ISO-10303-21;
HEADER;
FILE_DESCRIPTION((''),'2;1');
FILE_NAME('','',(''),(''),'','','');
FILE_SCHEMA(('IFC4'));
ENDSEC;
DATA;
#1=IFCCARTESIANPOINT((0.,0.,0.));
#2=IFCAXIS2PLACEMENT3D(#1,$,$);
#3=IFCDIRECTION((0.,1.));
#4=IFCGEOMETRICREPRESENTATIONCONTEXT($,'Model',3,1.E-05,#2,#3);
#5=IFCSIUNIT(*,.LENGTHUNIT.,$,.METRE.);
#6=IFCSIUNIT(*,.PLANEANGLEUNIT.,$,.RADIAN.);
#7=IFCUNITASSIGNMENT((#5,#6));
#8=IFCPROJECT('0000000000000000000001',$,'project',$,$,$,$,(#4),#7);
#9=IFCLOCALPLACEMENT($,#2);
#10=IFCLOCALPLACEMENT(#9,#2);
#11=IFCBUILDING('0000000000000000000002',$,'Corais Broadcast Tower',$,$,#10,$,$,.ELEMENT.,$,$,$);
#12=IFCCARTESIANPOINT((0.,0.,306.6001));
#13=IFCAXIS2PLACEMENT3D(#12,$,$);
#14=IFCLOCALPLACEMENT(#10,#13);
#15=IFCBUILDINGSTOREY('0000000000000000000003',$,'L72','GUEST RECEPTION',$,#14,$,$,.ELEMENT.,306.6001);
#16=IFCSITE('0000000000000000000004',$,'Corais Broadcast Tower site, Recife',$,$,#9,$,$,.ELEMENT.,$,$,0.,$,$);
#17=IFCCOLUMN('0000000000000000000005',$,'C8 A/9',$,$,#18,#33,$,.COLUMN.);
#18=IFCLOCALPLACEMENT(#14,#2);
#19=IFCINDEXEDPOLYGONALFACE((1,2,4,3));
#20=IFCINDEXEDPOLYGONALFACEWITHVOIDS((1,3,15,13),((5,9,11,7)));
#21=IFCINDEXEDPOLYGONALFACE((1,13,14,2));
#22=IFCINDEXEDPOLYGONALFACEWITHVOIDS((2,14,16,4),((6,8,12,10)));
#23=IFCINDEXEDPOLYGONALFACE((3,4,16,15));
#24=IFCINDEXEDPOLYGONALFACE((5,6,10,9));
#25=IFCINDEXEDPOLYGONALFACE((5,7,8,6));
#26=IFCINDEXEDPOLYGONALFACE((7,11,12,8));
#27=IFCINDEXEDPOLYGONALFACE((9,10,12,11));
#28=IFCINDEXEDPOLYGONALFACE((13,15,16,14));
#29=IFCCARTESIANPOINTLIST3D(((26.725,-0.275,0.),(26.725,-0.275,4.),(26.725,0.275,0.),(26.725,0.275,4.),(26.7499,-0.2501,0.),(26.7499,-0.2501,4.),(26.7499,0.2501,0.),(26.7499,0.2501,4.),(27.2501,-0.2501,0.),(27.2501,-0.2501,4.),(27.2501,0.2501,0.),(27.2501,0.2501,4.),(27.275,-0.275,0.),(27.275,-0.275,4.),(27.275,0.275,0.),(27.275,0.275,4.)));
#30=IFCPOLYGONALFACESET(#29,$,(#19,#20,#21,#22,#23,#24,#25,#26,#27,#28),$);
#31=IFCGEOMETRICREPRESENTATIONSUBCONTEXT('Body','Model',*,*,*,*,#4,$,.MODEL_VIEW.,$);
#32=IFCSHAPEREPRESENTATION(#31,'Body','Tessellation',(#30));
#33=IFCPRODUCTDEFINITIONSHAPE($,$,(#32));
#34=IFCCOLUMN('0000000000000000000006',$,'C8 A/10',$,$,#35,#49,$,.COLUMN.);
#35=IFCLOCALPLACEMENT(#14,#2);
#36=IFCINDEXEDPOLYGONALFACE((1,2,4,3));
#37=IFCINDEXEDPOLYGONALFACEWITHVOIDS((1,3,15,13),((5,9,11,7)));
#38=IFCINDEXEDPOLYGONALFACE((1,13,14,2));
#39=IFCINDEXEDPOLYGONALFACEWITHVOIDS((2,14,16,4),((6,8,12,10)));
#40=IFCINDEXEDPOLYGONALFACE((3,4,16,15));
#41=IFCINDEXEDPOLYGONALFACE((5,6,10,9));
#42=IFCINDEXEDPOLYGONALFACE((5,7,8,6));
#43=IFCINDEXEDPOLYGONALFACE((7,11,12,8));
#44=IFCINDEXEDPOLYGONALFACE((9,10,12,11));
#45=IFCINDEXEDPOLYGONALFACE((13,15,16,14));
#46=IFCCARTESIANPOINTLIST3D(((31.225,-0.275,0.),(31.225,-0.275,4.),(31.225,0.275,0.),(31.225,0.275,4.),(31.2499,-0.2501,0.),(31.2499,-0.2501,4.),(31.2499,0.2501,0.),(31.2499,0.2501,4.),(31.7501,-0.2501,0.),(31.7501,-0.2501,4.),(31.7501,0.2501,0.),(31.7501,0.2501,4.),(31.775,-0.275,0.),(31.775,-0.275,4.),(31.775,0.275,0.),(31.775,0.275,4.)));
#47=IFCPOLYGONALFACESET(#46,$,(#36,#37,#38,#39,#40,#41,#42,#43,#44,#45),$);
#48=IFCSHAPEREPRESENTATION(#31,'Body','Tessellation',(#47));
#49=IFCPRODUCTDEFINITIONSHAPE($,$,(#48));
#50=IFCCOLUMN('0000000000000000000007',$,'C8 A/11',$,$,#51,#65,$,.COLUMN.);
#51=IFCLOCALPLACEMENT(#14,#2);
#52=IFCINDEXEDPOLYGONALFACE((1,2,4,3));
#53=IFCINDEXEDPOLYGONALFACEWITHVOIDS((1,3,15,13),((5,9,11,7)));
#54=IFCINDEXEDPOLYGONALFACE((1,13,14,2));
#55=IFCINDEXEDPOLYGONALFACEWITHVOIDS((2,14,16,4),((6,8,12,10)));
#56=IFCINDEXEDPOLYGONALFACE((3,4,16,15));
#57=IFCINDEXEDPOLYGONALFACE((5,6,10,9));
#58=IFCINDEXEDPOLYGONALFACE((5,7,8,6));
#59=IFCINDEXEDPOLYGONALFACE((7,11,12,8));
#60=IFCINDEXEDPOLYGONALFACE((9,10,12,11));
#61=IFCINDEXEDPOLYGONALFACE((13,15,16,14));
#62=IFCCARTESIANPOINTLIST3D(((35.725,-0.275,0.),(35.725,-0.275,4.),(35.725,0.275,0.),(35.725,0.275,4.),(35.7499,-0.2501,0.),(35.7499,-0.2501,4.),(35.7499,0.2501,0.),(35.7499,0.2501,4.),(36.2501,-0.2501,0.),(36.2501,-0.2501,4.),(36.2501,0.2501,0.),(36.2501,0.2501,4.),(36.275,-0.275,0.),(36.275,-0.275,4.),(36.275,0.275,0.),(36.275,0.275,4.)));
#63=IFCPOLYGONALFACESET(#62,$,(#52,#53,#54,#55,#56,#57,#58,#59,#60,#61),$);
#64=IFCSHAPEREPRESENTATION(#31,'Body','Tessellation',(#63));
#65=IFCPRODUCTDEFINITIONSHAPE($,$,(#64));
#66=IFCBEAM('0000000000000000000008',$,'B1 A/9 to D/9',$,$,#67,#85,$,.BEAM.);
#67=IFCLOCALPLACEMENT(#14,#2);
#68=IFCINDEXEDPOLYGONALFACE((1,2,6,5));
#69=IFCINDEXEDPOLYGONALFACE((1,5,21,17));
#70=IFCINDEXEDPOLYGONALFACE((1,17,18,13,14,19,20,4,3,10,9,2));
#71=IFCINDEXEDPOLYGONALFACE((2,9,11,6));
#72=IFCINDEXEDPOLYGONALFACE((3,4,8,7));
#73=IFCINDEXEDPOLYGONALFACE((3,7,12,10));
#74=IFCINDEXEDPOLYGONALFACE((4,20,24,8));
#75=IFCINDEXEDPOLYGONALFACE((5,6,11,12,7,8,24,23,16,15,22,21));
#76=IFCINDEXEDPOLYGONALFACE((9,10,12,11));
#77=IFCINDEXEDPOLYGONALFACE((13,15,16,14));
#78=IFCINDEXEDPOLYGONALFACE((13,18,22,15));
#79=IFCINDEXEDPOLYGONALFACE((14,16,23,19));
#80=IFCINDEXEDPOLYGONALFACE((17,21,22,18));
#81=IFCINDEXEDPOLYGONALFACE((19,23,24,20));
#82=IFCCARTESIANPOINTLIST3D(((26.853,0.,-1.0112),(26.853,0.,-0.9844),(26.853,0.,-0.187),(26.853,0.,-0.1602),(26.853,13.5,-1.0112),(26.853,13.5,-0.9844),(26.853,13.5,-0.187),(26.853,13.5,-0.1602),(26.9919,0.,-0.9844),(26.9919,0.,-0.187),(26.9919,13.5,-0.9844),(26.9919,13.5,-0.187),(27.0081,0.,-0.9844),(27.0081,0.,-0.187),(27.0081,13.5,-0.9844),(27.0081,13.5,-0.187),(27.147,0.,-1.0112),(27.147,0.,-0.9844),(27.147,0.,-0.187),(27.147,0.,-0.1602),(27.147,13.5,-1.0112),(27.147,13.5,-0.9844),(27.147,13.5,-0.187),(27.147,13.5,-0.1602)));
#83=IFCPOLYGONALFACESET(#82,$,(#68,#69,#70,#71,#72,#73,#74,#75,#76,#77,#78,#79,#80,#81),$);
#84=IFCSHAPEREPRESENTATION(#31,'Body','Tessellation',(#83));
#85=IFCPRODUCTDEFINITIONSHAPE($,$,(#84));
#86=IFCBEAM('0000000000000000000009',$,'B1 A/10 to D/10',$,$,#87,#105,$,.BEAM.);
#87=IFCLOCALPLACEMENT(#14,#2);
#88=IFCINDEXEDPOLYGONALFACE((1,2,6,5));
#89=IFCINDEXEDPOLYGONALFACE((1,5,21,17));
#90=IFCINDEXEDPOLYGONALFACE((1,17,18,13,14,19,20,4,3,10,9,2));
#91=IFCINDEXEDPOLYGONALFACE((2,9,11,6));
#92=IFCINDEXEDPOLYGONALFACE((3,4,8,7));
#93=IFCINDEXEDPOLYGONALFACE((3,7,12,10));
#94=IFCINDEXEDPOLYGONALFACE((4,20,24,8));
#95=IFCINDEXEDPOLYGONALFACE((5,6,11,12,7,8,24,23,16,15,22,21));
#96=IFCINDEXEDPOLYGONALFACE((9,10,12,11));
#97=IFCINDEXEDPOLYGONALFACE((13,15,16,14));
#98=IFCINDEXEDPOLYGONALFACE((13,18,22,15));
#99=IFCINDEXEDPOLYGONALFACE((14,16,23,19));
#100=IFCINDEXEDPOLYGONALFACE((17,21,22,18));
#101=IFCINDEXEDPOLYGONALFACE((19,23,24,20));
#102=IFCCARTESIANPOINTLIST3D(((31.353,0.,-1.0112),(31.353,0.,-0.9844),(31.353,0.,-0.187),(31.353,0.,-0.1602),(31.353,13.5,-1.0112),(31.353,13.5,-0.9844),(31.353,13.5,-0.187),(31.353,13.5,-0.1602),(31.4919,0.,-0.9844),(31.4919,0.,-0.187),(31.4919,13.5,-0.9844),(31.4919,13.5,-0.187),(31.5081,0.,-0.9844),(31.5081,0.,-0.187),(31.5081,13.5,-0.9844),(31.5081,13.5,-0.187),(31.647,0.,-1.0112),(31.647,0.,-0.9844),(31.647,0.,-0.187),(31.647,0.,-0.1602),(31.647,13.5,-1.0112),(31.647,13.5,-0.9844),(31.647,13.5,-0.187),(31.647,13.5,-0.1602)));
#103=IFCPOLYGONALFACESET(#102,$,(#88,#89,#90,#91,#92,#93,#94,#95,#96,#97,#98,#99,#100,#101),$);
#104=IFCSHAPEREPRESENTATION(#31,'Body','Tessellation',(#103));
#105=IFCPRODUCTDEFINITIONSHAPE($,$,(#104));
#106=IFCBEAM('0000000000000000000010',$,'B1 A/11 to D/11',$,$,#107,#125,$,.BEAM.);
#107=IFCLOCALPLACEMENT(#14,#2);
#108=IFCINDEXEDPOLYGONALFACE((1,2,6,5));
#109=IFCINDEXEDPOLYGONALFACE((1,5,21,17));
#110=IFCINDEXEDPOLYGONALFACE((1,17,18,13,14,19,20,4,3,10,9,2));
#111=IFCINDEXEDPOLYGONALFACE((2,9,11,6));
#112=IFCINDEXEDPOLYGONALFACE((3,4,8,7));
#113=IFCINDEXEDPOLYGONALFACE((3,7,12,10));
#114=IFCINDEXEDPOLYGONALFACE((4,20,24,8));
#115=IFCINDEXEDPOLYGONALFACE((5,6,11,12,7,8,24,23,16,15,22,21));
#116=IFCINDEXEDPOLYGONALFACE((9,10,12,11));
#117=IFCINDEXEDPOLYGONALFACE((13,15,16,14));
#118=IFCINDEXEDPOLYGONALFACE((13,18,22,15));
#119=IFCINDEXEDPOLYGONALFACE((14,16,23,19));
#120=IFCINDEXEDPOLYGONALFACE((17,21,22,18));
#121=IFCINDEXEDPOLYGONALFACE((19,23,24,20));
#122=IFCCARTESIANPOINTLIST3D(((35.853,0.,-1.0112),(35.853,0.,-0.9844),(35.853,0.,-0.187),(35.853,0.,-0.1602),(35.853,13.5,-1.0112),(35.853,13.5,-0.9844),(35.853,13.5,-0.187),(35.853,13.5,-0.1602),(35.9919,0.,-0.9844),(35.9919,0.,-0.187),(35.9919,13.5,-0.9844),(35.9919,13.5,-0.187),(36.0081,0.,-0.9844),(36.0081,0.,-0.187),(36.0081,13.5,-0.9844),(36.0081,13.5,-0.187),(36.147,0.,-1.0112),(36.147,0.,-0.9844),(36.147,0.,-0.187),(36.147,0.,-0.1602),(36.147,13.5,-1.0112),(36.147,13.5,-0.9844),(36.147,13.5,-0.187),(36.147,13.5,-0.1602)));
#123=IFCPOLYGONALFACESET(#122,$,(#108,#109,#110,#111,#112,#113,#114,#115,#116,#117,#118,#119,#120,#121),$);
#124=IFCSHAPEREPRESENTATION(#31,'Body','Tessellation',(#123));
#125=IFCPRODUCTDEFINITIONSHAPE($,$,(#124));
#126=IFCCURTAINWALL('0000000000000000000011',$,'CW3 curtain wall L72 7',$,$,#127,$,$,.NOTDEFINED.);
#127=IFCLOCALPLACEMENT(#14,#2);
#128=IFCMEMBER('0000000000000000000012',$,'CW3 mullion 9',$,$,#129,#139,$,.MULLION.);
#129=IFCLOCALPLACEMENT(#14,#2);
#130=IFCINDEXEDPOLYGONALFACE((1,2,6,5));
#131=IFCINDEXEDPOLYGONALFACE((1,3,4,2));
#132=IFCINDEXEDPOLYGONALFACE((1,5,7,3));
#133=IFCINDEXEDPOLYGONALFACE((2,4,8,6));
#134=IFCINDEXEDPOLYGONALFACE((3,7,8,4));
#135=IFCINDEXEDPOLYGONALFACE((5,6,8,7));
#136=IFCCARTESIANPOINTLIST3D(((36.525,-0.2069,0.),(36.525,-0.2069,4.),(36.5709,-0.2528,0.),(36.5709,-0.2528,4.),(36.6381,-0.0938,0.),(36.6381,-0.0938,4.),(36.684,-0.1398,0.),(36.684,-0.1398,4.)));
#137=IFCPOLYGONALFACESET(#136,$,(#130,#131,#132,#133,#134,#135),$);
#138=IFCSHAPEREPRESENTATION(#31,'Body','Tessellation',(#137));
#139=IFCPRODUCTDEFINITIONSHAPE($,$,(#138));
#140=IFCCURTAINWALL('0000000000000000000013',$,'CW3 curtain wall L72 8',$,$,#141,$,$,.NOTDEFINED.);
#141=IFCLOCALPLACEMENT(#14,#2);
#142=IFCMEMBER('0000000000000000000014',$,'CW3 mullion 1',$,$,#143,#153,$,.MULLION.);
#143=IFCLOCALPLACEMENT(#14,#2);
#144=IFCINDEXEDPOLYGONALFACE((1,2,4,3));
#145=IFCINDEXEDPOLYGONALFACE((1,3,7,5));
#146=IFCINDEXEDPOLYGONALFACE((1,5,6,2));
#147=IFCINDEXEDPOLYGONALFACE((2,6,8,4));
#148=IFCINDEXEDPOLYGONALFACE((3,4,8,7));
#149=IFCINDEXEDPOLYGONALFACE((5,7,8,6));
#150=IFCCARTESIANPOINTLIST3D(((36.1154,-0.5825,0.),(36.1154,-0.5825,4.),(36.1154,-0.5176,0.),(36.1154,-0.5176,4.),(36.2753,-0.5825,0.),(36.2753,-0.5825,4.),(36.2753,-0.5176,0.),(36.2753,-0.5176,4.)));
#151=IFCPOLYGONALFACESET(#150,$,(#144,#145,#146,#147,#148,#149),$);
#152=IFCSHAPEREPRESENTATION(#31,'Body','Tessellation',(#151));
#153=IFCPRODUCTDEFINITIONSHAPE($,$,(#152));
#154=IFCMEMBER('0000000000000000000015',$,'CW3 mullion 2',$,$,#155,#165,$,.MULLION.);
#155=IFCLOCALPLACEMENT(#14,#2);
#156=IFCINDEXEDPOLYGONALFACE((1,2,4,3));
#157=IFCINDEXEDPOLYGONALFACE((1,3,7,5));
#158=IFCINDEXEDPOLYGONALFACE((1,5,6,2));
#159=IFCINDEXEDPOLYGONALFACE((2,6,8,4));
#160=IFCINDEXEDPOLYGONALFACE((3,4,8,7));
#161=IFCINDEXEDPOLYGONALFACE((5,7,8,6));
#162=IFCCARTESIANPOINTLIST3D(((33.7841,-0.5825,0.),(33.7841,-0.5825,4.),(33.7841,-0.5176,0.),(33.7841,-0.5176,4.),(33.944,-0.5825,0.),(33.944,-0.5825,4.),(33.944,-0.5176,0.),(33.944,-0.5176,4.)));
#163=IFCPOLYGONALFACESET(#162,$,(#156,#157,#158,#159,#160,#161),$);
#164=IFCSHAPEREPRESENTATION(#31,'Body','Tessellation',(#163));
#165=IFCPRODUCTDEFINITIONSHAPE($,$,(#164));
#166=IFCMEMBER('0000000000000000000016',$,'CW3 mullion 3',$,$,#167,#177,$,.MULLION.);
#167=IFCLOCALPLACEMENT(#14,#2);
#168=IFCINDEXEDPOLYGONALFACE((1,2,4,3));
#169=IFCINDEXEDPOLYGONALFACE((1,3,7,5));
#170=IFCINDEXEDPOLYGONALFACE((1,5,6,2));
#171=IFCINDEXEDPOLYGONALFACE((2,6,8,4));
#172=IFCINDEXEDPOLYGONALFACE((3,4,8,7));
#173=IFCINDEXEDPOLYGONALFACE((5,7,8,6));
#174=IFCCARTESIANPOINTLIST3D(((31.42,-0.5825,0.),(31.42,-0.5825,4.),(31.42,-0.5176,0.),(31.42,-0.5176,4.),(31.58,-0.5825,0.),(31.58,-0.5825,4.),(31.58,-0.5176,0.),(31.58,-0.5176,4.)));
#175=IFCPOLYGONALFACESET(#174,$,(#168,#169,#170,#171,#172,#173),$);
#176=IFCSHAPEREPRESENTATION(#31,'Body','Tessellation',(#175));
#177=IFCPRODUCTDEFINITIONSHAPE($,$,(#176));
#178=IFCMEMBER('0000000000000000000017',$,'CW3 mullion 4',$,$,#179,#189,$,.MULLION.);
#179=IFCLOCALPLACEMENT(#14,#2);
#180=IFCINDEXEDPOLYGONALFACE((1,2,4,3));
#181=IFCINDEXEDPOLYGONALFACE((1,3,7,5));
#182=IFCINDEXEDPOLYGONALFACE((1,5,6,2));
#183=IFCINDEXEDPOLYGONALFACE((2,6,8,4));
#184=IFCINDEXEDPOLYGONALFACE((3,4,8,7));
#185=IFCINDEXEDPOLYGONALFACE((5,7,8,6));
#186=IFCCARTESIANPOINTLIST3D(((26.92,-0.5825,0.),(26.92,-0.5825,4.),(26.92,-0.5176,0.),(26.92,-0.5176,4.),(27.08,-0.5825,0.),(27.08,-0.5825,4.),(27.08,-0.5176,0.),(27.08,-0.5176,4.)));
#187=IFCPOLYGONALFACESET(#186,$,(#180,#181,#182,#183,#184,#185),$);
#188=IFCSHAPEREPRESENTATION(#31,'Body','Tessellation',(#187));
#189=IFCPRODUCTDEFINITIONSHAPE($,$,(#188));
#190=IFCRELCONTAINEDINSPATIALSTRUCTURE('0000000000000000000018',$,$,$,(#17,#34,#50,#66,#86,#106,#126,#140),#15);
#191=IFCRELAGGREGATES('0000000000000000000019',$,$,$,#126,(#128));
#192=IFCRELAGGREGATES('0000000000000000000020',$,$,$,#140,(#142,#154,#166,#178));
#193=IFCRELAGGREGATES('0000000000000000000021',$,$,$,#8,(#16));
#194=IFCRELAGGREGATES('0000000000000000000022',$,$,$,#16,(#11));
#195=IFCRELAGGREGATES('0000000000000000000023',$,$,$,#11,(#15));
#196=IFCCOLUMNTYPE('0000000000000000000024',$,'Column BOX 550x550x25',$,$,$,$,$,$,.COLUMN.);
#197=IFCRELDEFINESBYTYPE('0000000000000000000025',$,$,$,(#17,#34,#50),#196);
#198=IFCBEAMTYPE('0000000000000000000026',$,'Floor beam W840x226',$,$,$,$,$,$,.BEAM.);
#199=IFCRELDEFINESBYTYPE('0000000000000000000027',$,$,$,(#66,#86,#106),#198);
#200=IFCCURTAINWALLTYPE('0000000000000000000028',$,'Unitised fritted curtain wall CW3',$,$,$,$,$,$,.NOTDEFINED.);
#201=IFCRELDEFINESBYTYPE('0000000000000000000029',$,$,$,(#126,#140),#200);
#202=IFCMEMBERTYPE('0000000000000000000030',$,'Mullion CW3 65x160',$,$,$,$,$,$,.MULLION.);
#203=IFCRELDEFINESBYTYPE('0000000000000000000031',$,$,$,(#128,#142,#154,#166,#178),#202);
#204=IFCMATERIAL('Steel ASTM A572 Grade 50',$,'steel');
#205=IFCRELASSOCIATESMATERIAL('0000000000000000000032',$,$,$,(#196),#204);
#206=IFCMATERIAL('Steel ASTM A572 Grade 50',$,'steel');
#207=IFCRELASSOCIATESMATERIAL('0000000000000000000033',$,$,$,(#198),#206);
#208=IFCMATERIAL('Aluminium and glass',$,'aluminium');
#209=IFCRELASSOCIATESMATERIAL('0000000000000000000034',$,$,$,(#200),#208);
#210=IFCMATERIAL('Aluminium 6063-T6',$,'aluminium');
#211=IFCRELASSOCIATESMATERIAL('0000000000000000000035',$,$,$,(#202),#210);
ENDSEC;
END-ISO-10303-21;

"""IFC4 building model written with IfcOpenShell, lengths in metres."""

from ifc_helpers import new_model, si_unit, direction, frame, origin, origin_2d, place, context, subcontext, project, spatial, rectangle, hollow_rectangle, i_section, extrude, material, material_profile, profile_set, type_object, element, aggregate, save


model = new_model("IFC4")

# Units and contexts
model_context = context("Model", 3, precision=1e-05, world=origin(), true_north=direction((0.0, 1.0)))
body_context = subcontext(model_context, "Body", "Model", "MODEL_VIEW")
ifc_project = project(units=[si_unit("LENGTHUNIT", "METRE"), si_unit("PLANEANGLEUNIT", "RADIAN")], contexts=[model_context])

# Site, building, storey
site_placement = place(None, origin())
site = spatial("IfcSite", under=ifc_project, at=site_placement, Name="Corais Broadcast Tower site, Recife", CompositionType="ELEMENT", RefElevation=0.0)
building_placement = place(site_placement, origin())
building = spatial("IfcBuilding", under=site, at=building_placement, Name="Corais Broadcast Tower", CompositionType="ELEMENT")
storey_placement = place(building_placement, frame((0.0, 0.0, 306.6001)))
storey = spatial("IfcBuildingStorey", under=building, at=storey_placement, Name="L72", Description="GUEST RECEPTION", CompositionType="ELEMENT", Elevation=306.6001)

# Columns
ifc_material_1 = material(Name="Steel ASTM A572 Grade 50", Category="steel")
ifc_material_profile_1 = material_profile(ifc_material_1, hollow_rectangle(XDim=0.55, YDim=0.55, WallThickness=0.0249, at=origin_2d()), Name="BOX 550x550x25")
ifc_profile_set_1 = profile_set([ifc_material_profile_1], Name="Steel ASTM A572 Grade 50")
column_type = type_object("IfcColumnType", Name="Column BOX 550x550x25", PredefinedType="COLUMN", material=ifc_profile_set_1)
for number, where, z_axis, x_axis, name in (
    (1, (27.0, 0.0, 0.0), (0.0, 0.0, 1.0), (1.0, 0.0, 0.0), "C8 A/9"),
    (2, (31.5, 0.0, 0.0), (0.0, 0.0, 1.0), (1.0, 0.0, 0.0), "C8 A/10"),
    (3, (36.0, 0.0, 0.0), (0.0, 0.0, 1.0), (1.0, 0.0, 0.0), "C8 A/11"),
):
    element("IfcColumn", number, at=place(storey_placement, frame(where, z_axis=z_axis, x_axis=x_axis)), inside=storey, type_object=column_type, Name=name, PredefinedType="COLUMN", context=body_context, shape_type="SweptSolid", body=[
        extrude(hollow_rectangle(XDim=0.55, YDim=0.55, WallThickness=0.0249, at=origin_2d()), origin(), (0.0, 0.0, 1.0), 4.0),
    ])

# Beams
ifc_material_2 = material(Name="Steel ASTM A572 Grade 50", Category="steel")
ifc_material_profile_2 = material_profile(ifc_material_2, i_section(OverallWidth=0.2939, OverallDepth=0.8511, WebThickness=0.0161, FlangeThickness=0.0269, at=origin_2d()), Name="W840x226")
ifc_profile_set_2 = profile_set([ifc_material_profile_2], Name="Steel ASTM A572 Grade 50")
beam_type_1 = type_object("IfcBeamType", Name="Floor beam W840x226", PredefinedType="BEAM", material=ifc_profile_set_2)
for number, where, z_axis, x_axis, name in (
    (4, (27.0, 0.0, -0.5857), (0.0, 1.0, 0.0), (-1.0, 0.0, 0.0), "B1 A/9 to D/9"),
    (5, (31.5, 0.0, -0.5857), (0.0, 1.0, 0.0), (-1.0, 0.0, 0.0), "B1 A/10 to D/10"),
    (6, (36.0, 0.0, -0.5857), (0.0, 1.0, 0.0), (-1.0, 0.0, 0.0), "B1 A/11 to D/11"),
):
    element("IfcBeam", number, at=place(storey_placement, frame(where, z_axis=z_axis, x_axis=x_axis)), inside=storey, type_object=beam_type_1, Name=name, PredefinedType="BEAM", context=body_context, shape_type="SweptSolid", body=[
        extrude(i_section(OverallWidth=0.2939, OverallDepth=0.8511, WebThickness=0.0161, FlangeThickness=0.0269, at=origin_2d()), origin(), (0.0, 0.0, 1.0), 13.5),
    ])

# Curtain wall, member
ifc_material_3 = material(Name="Aluminium and glass", Category="aluminium")
curtain_wall_type = type_object("IfcCurtainWallType", Name="Unitised fritted curtain wall CW3", PredefinedType="NOTDEFINED", material=ifc_material_3)
curtain_wall_1_placement = place(storey_placement, origin())
curtain_wall_1 = element("IfcCurtainWall", 7, at=curtain_wall_1_placement, inside=storey, type_object=curtain_wall_type, Name="CW3 curtain wall L72 7", PredefinedType="NOTDEFINED")
ifc_material_4 = material(Name="Aluminium 6063-T6", Category="aluminium")
ifc_material_profile_3 = material_profile(ifc_material_4, rectangle(XDim=0.0649, YDim=0.1599, at=origin_2d()), Name="Mullion CW3 65x160")
ifc_profile_set_3 = profile_set([ifc_material_profile_3], Name="Aluminium 6063-T6")
member_type_1 = type_object("IfcMemberType", Name="Mullion CW3 65x160", PredefinedType="MULLION", material=ifc_profile_set_3)
member_1_placement = place(storey_placement, frame((36.6045, -0.1733, 0.0), z_axis=(0.0, 0.0, 1.0), x_axis=(0.707107, -0.707107, 0.0)))
member_1 = element("IfcMember", 8, at=member_1_placement, type_object=member_type_1, Name="CW3 mullion 9", PredefinedType="MULLION", context=body_context, shape_type="SweptSolid", body=[
    extrude(rectangle(XDim=0.0649, YDim=0.1599, at=origin_2d()), origin(), (0.0, 0.0, 1.0), 4.0),
])
aggregate(curtain_wall_1, [member_1])

# Curtain wall, members
curtain_wall_2_placement = place(storey_placement, origin())
curtain_wall_2 = element("IfcCurtainWall", 9, at=curtain_wall_2_placement, inside=storey, type_object=curtain_wall_type, Name="CW3 curtain wall L72 8", PredefinedType="NOTDEFINED")
member_2_placement = place(storey_placement, frame((36.1953, -0.55, 0.0), z_axis=(0.0, 0.0, 1.0), x_axis=(0.0, -1.0, 0.0)))
member_2 = element("IfcMember", 10, at=member_2_placement, type_object=member_type_1, Name="CW3 mullion 1", PredefinedType="MULLION", context=body_context, shape_type="SweptSolid", body=[
    extrude(rectangle(XDim=0.0649, YDim=0.1599, at=origin_2d()), origin(), (0.0, 0.0, 1.0), 4.0),
])
member_3_placement = place(storey_placement, frame((33.864, -0.55, 0.0), z_axis=(0.0, 0.0, 1.0), x_axis=(0.0, -1.0, 0.0)))
member_3 = element("IfcMember", 11, at=member_3_placement, type_object=member_type_1, Name="CW3 mullion 2", PredefinedType="MULLION", context=body_context, shape_type="SweptSolid", body=[
    extrude(rectangle(XDim=0.0649, YDim=0.1599, at=origin_2d()), origin(), (0.0, 0.0, 1.0), 4.0),
])
member_4_placement = place(storey_placement, frame((31.5, -0.55, 0.0), z_axis=(0.0, 0.0, 1.0), x_axis=(0.0, -1.0, 0.0)))
member_4 = element("IfcMember", 12, at=member_4_placement, type_object=member_type_1, Name="CW3 mullion 3", PredefinedType="MULLION", context=body_context, shape_type="SweptSolid", body=[
    extrude(rectangle(XDim=0.0649, YDim=0.1599, at=origin_2d()), origin(), (0.0, 0.0, 1.0), 4.0),
])
member_5_placement = place(storey_placement, frame((27.0, -0.55, 0.0), z_axis=(0.0, 0.0, 1.0), x_axis=(0.0, -1.0, 0.0)))
member_5 = element("IfcMember", 13, at=member_5_placement, type_object=member_type_1, Name="CW3 mullion 4", PredefinedType="MULLION", context=body_context, shape_type="SweptSolid", body=[
    extrude(rectangle(XDim=0.0649, YDim=0.1599, at=origin_2d()), origin(), (0.0, 0.0, 1.0), 4.0),
])

aggregate(curtain_wall_2, [member_2, member_3, member_4, member_5])

save(model, "model.ifc")
